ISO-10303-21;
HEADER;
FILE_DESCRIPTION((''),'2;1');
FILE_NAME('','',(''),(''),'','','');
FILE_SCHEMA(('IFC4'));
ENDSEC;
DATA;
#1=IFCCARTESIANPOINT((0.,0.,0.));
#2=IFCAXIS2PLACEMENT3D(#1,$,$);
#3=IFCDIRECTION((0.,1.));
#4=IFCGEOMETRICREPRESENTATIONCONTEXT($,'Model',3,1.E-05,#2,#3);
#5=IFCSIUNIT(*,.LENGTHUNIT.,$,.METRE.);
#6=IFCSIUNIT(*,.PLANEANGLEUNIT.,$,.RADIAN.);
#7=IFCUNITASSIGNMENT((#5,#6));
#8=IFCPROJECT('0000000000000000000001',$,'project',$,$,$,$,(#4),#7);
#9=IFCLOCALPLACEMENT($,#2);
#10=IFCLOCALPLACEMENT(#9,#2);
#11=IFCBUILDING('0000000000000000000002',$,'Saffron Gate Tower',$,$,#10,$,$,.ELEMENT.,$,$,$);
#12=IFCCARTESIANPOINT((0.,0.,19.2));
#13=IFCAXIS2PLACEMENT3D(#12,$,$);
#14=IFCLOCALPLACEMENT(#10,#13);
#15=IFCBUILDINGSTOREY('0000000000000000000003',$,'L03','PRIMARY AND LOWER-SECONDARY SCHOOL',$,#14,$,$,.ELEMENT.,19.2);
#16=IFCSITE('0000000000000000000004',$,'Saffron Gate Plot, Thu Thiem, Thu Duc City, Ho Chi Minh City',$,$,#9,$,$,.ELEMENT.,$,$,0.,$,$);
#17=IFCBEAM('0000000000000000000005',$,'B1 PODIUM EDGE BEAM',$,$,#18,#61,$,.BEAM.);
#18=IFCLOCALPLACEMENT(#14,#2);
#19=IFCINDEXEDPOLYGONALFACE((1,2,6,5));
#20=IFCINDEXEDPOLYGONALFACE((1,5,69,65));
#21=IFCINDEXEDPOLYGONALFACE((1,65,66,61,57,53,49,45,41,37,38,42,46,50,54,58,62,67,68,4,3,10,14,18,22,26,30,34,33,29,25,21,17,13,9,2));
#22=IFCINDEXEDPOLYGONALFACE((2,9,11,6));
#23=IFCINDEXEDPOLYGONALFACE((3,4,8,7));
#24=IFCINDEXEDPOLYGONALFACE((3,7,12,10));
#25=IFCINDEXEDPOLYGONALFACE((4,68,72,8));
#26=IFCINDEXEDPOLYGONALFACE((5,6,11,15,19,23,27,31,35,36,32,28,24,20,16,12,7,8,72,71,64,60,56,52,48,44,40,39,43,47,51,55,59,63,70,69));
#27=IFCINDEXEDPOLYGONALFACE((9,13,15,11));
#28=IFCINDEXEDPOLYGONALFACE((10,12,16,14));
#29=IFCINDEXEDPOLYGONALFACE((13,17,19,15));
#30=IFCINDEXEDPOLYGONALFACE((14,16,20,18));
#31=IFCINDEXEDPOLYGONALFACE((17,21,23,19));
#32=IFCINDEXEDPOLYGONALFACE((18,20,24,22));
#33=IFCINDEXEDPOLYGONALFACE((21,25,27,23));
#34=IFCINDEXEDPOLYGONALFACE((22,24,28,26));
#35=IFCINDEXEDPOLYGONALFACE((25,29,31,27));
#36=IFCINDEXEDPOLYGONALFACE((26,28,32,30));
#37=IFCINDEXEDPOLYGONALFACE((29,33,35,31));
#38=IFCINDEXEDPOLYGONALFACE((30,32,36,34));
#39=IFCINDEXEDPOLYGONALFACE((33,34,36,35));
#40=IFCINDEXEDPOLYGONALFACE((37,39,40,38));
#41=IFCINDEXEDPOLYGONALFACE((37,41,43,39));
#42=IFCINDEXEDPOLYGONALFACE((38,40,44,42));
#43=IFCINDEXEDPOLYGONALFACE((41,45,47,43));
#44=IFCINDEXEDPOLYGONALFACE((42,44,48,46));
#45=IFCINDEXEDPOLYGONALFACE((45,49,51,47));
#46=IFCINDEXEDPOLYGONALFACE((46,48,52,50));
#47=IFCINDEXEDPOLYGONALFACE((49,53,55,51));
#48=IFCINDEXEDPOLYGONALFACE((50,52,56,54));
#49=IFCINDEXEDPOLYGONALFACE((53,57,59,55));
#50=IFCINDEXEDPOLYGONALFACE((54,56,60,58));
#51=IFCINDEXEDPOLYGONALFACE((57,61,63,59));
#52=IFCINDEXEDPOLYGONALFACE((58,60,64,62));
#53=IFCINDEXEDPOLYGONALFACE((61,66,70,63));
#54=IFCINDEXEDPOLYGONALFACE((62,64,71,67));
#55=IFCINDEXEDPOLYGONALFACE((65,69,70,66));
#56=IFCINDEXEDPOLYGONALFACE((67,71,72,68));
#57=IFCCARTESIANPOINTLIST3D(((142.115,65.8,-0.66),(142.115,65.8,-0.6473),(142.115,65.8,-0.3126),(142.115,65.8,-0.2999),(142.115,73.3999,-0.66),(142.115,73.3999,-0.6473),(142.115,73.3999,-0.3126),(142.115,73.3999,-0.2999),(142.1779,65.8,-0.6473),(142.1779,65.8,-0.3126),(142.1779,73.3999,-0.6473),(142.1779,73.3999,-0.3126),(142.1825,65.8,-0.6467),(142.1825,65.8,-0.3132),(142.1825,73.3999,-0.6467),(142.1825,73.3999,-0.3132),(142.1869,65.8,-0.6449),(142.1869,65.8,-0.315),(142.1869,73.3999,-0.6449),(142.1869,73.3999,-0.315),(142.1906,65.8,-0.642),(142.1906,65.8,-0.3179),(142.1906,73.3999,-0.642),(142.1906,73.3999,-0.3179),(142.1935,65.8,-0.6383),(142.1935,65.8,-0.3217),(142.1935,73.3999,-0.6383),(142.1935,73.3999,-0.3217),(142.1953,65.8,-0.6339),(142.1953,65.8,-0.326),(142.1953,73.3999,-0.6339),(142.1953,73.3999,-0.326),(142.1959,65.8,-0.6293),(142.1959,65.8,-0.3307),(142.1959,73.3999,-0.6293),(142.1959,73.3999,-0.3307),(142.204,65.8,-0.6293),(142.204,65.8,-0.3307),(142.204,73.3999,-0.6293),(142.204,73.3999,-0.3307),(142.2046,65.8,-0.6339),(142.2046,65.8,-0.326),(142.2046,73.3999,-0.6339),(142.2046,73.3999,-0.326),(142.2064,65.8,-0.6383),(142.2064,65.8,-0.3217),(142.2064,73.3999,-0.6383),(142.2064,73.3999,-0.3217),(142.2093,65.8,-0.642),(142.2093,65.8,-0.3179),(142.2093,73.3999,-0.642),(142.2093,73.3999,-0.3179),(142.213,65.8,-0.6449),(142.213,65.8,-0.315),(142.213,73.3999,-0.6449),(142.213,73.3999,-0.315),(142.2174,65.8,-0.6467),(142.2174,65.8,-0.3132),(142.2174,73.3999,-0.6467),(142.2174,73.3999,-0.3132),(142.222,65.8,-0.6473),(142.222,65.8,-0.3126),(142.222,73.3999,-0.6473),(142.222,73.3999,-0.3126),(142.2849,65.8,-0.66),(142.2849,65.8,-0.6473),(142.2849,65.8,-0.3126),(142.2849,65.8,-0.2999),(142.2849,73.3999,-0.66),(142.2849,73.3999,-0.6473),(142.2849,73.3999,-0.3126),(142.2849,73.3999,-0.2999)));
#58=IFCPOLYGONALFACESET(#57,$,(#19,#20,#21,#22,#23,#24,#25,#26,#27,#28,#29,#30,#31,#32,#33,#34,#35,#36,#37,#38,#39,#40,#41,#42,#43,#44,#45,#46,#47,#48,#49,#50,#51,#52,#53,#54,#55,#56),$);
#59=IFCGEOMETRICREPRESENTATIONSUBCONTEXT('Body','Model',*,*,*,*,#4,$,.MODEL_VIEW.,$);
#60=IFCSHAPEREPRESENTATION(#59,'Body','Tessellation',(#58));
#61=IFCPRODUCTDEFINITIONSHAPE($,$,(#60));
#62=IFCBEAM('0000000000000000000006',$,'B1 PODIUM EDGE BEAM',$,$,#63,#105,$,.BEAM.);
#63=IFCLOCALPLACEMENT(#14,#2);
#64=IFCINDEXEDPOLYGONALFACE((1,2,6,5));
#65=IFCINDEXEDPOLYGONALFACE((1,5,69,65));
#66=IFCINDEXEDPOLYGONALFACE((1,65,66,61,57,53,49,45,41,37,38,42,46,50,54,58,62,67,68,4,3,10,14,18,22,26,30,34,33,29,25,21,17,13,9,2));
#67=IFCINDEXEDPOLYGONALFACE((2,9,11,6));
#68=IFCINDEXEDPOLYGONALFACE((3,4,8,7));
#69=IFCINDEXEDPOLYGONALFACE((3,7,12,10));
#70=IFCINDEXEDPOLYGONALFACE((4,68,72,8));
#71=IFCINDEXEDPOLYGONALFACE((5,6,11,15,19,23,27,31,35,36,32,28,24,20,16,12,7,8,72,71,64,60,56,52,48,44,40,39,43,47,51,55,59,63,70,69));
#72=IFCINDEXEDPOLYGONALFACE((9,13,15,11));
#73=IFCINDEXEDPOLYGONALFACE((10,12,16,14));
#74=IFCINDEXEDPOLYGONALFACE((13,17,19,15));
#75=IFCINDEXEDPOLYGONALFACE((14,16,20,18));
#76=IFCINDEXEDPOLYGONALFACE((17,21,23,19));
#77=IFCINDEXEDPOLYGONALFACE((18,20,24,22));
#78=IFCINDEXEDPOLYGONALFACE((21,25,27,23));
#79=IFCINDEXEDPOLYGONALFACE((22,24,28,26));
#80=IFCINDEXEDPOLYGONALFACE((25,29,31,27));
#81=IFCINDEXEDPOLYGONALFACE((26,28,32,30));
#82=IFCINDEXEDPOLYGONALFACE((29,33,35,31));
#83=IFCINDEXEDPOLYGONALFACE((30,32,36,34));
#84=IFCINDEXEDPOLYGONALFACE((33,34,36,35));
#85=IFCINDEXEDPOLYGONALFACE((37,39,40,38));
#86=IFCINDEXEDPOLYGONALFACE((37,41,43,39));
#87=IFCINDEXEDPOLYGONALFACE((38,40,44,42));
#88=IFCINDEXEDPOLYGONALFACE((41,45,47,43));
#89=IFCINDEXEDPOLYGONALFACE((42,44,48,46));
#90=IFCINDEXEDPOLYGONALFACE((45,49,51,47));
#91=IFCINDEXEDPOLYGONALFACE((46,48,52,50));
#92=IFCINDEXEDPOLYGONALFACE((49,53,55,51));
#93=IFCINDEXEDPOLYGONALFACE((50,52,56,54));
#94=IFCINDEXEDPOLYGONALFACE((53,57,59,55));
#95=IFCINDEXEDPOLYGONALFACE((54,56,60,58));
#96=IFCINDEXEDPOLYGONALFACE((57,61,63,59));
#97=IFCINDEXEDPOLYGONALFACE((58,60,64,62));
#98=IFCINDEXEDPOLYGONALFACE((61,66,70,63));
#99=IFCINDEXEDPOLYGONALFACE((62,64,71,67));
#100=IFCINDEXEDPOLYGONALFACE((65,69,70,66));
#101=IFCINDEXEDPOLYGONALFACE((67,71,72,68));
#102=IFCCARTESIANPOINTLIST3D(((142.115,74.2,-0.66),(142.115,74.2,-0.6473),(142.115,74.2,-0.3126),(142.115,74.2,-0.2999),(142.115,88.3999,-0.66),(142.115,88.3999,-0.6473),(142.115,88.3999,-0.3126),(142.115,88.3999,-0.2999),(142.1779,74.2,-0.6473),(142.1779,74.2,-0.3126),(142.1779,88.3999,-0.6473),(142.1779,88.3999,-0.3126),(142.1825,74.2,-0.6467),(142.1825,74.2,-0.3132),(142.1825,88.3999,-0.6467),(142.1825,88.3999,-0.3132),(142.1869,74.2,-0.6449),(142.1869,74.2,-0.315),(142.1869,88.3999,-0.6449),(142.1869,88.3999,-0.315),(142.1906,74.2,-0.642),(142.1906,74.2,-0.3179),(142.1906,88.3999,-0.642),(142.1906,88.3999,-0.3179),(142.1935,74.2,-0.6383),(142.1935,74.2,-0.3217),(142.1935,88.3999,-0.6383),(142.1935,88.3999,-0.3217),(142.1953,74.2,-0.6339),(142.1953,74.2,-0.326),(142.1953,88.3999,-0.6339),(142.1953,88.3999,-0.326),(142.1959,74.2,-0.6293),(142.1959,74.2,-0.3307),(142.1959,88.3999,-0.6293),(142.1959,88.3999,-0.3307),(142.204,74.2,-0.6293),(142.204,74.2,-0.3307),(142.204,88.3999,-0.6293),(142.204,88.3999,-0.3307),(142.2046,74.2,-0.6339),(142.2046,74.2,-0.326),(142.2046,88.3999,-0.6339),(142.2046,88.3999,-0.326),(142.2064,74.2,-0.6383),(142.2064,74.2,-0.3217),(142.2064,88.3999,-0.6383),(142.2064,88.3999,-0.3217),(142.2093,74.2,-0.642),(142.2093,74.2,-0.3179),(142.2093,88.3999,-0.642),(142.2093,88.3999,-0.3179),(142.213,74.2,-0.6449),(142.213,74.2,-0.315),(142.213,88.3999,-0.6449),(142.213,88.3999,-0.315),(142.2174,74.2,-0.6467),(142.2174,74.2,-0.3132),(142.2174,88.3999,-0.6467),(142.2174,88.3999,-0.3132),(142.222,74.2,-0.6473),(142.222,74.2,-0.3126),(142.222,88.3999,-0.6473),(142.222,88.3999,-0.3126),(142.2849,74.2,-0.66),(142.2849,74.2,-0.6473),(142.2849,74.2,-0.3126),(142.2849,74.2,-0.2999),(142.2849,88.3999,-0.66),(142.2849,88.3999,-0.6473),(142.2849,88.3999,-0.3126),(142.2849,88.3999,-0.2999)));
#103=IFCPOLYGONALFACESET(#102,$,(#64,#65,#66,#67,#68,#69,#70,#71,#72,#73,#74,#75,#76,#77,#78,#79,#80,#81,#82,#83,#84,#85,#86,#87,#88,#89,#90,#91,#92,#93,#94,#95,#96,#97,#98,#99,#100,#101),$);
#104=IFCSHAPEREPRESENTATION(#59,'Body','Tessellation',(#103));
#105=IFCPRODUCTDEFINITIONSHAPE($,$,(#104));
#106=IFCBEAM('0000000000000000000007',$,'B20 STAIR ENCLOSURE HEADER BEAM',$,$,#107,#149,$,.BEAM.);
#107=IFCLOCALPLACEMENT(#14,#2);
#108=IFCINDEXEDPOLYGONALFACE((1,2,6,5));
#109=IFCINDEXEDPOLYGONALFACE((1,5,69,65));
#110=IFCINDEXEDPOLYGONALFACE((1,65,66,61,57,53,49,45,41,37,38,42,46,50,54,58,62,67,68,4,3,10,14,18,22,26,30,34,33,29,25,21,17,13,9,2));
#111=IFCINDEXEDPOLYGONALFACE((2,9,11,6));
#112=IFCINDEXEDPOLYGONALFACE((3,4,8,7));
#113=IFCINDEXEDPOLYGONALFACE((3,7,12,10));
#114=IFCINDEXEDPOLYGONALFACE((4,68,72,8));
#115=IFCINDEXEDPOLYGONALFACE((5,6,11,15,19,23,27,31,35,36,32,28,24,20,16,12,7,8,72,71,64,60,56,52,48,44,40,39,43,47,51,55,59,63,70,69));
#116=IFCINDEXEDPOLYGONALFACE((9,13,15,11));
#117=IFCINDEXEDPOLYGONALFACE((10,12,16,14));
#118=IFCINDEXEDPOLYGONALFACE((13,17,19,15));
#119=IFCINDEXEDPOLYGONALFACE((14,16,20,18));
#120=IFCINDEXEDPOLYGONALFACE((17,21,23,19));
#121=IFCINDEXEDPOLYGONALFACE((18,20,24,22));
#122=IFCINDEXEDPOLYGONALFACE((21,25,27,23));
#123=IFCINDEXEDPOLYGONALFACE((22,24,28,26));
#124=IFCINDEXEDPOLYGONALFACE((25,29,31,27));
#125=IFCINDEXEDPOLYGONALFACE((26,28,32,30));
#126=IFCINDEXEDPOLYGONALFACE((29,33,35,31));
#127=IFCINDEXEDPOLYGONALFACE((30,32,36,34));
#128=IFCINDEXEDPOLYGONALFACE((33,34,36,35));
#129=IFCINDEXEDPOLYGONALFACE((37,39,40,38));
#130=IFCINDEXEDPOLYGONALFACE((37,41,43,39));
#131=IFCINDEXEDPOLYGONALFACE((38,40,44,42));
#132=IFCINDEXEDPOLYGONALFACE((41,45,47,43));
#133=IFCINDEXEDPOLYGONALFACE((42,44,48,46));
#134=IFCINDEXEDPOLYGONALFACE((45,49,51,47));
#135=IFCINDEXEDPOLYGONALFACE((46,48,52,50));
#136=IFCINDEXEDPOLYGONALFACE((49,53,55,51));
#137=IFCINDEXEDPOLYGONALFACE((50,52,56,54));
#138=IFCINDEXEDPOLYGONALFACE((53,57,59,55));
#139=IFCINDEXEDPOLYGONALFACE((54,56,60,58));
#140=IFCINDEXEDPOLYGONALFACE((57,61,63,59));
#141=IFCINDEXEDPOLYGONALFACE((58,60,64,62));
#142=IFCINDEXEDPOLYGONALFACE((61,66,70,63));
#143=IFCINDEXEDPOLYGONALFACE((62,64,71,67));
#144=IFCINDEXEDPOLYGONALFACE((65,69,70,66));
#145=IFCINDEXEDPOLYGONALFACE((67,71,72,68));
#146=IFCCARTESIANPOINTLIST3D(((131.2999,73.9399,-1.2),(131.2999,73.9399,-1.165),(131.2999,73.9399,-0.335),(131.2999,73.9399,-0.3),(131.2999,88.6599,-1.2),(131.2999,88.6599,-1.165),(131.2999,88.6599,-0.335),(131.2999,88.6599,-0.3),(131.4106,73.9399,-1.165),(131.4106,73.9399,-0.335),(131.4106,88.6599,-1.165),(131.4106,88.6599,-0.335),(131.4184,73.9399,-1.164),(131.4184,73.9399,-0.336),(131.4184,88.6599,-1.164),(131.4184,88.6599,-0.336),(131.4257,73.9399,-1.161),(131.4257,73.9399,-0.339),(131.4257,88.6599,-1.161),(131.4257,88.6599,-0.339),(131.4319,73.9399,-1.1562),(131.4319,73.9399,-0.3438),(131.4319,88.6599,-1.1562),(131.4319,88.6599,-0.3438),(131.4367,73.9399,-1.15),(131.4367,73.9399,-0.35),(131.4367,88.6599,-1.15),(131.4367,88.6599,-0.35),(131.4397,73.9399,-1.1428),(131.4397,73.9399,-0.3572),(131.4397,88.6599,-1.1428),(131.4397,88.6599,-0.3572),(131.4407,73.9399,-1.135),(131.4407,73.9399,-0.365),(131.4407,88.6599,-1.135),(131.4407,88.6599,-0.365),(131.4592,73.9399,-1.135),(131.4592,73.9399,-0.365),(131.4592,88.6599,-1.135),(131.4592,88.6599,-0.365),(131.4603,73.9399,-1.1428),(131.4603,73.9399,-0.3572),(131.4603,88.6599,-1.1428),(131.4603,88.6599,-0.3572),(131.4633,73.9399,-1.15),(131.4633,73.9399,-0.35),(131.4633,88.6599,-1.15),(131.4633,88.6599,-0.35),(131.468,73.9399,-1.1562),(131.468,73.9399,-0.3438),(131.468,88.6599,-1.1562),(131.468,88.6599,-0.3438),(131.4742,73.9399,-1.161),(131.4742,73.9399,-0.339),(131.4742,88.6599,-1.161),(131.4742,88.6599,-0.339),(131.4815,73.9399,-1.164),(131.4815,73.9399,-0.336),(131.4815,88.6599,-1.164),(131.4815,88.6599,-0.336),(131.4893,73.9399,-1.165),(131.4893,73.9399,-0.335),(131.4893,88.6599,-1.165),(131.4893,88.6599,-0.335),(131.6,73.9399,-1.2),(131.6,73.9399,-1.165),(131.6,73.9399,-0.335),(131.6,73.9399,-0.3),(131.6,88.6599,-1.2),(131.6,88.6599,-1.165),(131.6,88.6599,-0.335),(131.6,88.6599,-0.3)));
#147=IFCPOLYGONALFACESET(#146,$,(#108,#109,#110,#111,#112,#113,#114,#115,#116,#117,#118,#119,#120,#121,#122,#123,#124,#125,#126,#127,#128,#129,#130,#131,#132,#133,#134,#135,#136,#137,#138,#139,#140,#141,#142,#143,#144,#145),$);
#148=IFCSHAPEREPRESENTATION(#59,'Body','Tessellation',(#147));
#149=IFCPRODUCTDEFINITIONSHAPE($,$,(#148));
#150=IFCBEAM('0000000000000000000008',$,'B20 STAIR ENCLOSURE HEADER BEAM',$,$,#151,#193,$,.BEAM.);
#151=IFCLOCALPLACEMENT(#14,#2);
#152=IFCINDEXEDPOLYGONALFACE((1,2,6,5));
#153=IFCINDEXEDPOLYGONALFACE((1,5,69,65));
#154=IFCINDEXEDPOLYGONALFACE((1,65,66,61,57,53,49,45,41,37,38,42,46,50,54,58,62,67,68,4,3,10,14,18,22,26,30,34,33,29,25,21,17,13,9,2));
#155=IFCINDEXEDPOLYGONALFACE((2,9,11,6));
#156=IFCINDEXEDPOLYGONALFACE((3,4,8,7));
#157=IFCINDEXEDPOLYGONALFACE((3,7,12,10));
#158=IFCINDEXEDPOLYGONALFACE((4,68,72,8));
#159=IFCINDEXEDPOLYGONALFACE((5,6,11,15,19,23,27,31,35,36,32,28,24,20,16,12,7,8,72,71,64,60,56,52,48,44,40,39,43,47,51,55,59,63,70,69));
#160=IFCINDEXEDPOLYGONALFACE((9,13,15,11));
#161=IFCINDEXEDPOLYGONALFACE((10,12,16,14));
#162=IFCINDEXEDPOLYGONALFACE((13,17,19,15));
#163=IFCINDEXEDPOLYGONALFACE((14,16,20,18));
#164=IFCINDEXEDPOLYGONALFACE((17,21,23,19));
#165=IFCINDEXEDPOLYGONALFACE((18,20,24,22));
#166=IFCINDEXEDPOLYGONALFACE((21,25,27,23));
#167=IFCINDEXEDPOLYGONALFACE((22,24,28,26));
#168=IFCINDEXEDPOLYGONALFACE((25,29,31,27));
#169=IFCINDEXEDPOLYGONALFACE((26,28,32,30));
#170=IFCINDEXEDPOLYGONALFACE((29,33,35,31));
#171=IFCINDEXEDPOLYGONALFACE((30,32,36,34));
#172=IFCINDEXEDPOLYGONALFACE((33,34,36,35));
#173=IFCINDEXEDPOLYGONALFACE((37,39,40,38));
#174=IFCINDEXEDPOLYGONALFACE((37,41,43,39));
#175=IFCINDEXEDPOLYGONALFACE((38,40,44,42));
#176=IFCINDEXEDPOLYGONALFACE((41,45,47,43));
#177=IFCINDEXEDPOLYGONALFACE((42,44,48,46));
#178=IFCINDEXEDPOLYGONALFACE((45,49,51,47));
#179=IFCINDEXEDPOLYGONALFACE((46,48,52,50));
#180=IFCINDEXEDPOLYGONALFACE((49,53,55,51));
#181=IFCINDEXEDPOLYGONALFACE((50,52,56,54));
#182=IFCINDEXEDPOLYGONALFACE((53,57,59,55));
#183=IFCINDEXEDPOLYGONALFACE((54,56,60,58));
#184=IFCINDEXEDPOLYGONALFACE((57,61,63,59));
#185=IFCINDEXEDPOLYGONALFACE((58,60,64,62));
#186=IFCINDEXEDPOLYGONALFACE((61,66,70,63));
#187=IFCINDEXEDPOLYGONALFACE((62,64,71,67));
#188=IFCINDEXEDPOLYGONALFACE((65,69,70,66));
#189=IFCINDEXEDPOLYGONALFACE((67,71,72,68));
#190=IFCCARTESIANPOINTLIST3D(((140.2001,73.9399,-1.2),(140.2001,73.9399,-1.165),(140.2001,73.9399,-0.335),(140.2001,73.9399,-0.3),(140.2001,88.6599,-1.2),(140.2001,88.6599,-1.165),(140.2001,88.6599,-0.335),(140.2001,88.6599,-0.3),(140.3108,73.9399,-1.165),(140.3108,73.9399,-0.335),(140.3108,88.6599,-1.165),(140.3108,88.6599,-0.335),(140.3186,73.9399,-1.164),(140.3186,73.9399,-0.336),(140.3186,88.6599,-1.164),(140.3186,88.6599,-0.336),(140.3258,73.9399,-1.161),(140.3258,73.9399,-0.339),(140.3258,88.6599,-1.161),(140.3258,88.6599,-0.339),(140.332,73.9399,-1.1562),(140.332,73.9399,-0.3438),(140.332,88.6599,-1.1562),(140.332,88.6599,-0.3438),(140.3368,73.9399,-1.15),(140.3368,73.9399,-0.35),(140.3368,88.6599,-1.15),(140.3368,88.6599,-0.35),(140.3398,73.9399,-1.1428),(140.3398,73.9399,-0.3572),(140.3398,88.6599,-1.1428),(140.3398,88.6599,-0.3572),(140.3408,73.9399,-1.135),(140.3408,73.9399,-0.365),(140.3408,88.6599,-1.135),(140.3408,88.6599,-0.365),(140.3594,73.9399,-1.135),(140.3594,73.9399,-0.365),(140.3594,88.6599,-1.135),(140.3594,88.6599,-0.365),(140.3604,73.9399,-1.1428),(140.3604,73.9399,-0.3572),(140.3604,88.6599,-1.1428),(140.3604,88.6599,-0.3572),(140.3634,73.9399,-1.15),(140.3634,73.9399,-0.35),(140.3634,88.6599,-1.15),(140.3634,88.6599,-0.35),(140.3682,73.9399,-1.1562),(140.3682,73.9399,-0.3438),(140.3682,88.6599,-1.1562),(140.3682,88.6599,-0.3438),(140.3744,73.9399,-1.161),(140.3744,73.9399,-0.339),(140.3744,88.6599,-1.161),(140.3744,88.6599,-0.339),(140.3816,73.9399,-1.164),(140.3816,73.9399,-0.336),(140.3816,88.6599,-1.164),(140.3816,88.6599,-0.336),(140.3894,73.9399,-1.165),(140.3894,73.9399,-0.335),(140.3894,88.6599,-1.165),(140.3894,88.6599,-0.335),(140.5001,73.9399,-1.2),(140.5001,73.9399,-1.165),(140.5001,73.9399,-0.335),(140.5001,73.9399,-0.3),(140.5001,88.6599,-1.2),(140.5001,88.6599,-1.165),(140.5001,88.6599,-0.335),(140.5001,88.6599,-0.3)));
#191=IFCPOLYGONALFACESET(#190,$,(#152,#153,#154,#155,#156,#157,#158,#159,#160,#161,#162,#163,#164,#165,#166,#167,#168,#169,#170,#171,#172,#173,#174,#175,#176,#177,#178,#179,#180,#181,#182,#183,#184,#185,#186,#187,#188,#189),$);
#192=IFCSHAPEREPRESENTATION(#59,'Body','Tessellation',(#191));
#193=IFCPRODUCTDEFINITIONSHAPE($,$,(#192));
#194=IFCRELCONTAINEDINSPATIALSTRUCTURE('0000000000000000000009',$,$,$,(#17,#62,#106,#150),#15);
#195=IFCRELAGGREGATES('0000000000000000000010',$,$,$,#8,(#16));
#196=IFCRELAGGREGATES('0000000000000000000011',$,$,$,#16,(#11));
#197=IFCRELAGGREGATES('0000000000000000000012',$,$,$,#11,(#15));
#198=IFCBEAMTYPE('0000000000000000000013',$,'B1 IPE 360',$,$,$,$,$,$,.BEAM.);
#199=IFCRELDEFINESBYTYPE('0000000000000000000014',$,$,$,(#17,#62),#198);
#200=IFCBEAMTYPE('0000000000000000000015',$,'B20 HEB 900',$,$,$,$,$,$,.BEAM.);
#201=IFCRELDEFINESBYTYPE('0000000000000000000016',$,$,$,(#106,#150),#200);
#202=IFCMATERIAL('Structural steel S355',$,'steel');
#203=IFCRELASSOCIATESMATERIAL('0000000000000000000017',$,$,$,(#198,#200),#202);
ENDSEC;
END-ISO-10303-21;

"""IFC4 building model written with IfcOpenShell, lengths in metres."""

from ifc_helpers import new_model, si_unit, direction, frame, origin, origin_2d, place, context, subcontext, project, spatial, i_section, extrude, material, material_profile, profile_set, type_object, element, save


model = new_model("IFC4")

# Units and contexts
model_context = context("Model", 3, precision=1e-05, world=origin(), true_north=direction((0.0, 1.0)))
body_context = subcontext(model_context, "Body", "Model", "MODEL_VIEW")
ifc_project = project(units=[si_unit("LENGTHUNIT", "METRE"), si_unit("PLANEANGLEUNIT", "RADIAN")], contexts=[model_context])

# Site, building, storey
site_placement = place(None, origin())
site = spatial("IfcSite", under=ifc_project, at=site_placement, Name="Saffron Gate Plot, Thu Thiem, Thu Duc City, Ho Chi Minh City", CompositionType="ELEMENT", RefElevation=0.0)
building_placement = place(site_placement, origin())
building = spatial("IfcBuilding", under=site, at=building_placement, Name="Saffron Gate Tower", CompositionType="ELEMENT")
storey_placement = place(building_placement, frame((0.0, 0.0, 19.2)))
storey = spatial("IfcBuildingStorey", under=building, at=storey_placement, Name="L03", Description="PRIMARY AND LOWER-SECONDARY SCHOOL", CompositionType="ELEMENT", Elevation=19.2)

# Beams
ifc_material_1 = material(Name="Structural steel S355", Category="steel")
ifc_material_profile_1 = material_profile(ifc_material_1, i_section(OverallWidth=0.1699, OverallDepth=0.3601, WebThickness=0.0081, FlangeThickness=0.0127, FilletRadius=0.0181, at=origin_2d()))
ifc_profile_set_1 = profile_set([ifc_material_profile_1], Name="Structural steel S355")
beam_type_1 = type_object("IfcBeamType", Name="B1 IPE 360", PredefinedType="BEAM", material=ifc_profile_set_1)
beam_1_placement = place(storey_placement, frame((142.2, 65.8, -0.48), z_axis=(0.0, 1.0, 0.0), x_axis=(-1.0, 0.0, 0.0)))
element("IfcBeam", 1, at=beam_1_placement, inside=storey, type_object=beam_type_1, Name="B1 PODIUM EDGE BEAM", PredefinedType="BEAM", context=body_context, shape_type="SweptSolid", body=[
    extrude(i_section(OverallWidth=0.1699, OverallDepth=0.3601, WebThickness=0.0081, FlangeThickness=0.0127, FilletRadius=0.0181, at=origin_2d()), origin(), (0.0, 0.0, 1.0), 7.5999),
])
beam_2_placement = place(storey_placement, frame((142.2, 74.2, -0.48), z_axis=(0.0, 1.0, 0.0), x_axis=(-1.0, 0.0, 0.0)))
element("IfcBeam", 2, at=beam_2_placement, inside=storey, type_object=beam_type_1, Name="B1 PODIUM EDGE BEAM", PredefinedType="BEAM", context=body_context, shape_type="SweptSolid", body=[
    extrude(i_section(OverallWidth=0.1699, OverallDepth=0.3601, WebThickness=0.0081, FlangeThickness=0.0127, FilletRadius=0.0181, at=origin_2d()), origin(), (0.0, 0.0, 1.0), 14.2),
])
ifc_material_profile_2 = material_profile(ifc_material_1, i_section(OverallWidth=0.3, OverallDepth=0.8999, WebThickness=0.0186, FlangeThickness=0.0349, FilletRadius=0.03, at=origin_2d()))
ifc_profile_set_2 = profile_set([ifc_material_profile_2], Name="Structural steel S355")
beam_type_2 = type_object("IfcBeamType", Name="B20 HEB 900", PredefinedType="BEAM", material=ifc_profile_set_2)
for number, where, z_axis, x_axis, name in (
    (3, (131.45, 73.9399, -0.75), (0.0, 1.0, 0.0), (-1.0, 0.0, 0.0), "B20 STAIR ENCLOSURE HEADER BEAM"),
    (4, (140.3501, 73.9399, -0.75), (0.0, 1.0, 0.0), (-1.0, 0.0, 0.0), "B20 STAIR ENCLOSURE HEADER BEAM"),
):
    element("IfcBeam", number, at=place(storey_placement, frame(where, z_axis=z_axis, x_axis=x_axis)), inside=storey, type_object=beam_type_2, Name=name, PredefinedType="BEAM", context=body_context, shape_type="SweptSolid", body=[
        extrude(i_section(OverallWidth=0.3, OverallDepth=0.8999, WebThickness=0.0186, FlangeThickness=0.0349, FilletRadius=0.03, at=origin_2d()), origin(), (0.0, 0.0, 1.0), 14.72),
    ])

save(model, "model.ifc")
